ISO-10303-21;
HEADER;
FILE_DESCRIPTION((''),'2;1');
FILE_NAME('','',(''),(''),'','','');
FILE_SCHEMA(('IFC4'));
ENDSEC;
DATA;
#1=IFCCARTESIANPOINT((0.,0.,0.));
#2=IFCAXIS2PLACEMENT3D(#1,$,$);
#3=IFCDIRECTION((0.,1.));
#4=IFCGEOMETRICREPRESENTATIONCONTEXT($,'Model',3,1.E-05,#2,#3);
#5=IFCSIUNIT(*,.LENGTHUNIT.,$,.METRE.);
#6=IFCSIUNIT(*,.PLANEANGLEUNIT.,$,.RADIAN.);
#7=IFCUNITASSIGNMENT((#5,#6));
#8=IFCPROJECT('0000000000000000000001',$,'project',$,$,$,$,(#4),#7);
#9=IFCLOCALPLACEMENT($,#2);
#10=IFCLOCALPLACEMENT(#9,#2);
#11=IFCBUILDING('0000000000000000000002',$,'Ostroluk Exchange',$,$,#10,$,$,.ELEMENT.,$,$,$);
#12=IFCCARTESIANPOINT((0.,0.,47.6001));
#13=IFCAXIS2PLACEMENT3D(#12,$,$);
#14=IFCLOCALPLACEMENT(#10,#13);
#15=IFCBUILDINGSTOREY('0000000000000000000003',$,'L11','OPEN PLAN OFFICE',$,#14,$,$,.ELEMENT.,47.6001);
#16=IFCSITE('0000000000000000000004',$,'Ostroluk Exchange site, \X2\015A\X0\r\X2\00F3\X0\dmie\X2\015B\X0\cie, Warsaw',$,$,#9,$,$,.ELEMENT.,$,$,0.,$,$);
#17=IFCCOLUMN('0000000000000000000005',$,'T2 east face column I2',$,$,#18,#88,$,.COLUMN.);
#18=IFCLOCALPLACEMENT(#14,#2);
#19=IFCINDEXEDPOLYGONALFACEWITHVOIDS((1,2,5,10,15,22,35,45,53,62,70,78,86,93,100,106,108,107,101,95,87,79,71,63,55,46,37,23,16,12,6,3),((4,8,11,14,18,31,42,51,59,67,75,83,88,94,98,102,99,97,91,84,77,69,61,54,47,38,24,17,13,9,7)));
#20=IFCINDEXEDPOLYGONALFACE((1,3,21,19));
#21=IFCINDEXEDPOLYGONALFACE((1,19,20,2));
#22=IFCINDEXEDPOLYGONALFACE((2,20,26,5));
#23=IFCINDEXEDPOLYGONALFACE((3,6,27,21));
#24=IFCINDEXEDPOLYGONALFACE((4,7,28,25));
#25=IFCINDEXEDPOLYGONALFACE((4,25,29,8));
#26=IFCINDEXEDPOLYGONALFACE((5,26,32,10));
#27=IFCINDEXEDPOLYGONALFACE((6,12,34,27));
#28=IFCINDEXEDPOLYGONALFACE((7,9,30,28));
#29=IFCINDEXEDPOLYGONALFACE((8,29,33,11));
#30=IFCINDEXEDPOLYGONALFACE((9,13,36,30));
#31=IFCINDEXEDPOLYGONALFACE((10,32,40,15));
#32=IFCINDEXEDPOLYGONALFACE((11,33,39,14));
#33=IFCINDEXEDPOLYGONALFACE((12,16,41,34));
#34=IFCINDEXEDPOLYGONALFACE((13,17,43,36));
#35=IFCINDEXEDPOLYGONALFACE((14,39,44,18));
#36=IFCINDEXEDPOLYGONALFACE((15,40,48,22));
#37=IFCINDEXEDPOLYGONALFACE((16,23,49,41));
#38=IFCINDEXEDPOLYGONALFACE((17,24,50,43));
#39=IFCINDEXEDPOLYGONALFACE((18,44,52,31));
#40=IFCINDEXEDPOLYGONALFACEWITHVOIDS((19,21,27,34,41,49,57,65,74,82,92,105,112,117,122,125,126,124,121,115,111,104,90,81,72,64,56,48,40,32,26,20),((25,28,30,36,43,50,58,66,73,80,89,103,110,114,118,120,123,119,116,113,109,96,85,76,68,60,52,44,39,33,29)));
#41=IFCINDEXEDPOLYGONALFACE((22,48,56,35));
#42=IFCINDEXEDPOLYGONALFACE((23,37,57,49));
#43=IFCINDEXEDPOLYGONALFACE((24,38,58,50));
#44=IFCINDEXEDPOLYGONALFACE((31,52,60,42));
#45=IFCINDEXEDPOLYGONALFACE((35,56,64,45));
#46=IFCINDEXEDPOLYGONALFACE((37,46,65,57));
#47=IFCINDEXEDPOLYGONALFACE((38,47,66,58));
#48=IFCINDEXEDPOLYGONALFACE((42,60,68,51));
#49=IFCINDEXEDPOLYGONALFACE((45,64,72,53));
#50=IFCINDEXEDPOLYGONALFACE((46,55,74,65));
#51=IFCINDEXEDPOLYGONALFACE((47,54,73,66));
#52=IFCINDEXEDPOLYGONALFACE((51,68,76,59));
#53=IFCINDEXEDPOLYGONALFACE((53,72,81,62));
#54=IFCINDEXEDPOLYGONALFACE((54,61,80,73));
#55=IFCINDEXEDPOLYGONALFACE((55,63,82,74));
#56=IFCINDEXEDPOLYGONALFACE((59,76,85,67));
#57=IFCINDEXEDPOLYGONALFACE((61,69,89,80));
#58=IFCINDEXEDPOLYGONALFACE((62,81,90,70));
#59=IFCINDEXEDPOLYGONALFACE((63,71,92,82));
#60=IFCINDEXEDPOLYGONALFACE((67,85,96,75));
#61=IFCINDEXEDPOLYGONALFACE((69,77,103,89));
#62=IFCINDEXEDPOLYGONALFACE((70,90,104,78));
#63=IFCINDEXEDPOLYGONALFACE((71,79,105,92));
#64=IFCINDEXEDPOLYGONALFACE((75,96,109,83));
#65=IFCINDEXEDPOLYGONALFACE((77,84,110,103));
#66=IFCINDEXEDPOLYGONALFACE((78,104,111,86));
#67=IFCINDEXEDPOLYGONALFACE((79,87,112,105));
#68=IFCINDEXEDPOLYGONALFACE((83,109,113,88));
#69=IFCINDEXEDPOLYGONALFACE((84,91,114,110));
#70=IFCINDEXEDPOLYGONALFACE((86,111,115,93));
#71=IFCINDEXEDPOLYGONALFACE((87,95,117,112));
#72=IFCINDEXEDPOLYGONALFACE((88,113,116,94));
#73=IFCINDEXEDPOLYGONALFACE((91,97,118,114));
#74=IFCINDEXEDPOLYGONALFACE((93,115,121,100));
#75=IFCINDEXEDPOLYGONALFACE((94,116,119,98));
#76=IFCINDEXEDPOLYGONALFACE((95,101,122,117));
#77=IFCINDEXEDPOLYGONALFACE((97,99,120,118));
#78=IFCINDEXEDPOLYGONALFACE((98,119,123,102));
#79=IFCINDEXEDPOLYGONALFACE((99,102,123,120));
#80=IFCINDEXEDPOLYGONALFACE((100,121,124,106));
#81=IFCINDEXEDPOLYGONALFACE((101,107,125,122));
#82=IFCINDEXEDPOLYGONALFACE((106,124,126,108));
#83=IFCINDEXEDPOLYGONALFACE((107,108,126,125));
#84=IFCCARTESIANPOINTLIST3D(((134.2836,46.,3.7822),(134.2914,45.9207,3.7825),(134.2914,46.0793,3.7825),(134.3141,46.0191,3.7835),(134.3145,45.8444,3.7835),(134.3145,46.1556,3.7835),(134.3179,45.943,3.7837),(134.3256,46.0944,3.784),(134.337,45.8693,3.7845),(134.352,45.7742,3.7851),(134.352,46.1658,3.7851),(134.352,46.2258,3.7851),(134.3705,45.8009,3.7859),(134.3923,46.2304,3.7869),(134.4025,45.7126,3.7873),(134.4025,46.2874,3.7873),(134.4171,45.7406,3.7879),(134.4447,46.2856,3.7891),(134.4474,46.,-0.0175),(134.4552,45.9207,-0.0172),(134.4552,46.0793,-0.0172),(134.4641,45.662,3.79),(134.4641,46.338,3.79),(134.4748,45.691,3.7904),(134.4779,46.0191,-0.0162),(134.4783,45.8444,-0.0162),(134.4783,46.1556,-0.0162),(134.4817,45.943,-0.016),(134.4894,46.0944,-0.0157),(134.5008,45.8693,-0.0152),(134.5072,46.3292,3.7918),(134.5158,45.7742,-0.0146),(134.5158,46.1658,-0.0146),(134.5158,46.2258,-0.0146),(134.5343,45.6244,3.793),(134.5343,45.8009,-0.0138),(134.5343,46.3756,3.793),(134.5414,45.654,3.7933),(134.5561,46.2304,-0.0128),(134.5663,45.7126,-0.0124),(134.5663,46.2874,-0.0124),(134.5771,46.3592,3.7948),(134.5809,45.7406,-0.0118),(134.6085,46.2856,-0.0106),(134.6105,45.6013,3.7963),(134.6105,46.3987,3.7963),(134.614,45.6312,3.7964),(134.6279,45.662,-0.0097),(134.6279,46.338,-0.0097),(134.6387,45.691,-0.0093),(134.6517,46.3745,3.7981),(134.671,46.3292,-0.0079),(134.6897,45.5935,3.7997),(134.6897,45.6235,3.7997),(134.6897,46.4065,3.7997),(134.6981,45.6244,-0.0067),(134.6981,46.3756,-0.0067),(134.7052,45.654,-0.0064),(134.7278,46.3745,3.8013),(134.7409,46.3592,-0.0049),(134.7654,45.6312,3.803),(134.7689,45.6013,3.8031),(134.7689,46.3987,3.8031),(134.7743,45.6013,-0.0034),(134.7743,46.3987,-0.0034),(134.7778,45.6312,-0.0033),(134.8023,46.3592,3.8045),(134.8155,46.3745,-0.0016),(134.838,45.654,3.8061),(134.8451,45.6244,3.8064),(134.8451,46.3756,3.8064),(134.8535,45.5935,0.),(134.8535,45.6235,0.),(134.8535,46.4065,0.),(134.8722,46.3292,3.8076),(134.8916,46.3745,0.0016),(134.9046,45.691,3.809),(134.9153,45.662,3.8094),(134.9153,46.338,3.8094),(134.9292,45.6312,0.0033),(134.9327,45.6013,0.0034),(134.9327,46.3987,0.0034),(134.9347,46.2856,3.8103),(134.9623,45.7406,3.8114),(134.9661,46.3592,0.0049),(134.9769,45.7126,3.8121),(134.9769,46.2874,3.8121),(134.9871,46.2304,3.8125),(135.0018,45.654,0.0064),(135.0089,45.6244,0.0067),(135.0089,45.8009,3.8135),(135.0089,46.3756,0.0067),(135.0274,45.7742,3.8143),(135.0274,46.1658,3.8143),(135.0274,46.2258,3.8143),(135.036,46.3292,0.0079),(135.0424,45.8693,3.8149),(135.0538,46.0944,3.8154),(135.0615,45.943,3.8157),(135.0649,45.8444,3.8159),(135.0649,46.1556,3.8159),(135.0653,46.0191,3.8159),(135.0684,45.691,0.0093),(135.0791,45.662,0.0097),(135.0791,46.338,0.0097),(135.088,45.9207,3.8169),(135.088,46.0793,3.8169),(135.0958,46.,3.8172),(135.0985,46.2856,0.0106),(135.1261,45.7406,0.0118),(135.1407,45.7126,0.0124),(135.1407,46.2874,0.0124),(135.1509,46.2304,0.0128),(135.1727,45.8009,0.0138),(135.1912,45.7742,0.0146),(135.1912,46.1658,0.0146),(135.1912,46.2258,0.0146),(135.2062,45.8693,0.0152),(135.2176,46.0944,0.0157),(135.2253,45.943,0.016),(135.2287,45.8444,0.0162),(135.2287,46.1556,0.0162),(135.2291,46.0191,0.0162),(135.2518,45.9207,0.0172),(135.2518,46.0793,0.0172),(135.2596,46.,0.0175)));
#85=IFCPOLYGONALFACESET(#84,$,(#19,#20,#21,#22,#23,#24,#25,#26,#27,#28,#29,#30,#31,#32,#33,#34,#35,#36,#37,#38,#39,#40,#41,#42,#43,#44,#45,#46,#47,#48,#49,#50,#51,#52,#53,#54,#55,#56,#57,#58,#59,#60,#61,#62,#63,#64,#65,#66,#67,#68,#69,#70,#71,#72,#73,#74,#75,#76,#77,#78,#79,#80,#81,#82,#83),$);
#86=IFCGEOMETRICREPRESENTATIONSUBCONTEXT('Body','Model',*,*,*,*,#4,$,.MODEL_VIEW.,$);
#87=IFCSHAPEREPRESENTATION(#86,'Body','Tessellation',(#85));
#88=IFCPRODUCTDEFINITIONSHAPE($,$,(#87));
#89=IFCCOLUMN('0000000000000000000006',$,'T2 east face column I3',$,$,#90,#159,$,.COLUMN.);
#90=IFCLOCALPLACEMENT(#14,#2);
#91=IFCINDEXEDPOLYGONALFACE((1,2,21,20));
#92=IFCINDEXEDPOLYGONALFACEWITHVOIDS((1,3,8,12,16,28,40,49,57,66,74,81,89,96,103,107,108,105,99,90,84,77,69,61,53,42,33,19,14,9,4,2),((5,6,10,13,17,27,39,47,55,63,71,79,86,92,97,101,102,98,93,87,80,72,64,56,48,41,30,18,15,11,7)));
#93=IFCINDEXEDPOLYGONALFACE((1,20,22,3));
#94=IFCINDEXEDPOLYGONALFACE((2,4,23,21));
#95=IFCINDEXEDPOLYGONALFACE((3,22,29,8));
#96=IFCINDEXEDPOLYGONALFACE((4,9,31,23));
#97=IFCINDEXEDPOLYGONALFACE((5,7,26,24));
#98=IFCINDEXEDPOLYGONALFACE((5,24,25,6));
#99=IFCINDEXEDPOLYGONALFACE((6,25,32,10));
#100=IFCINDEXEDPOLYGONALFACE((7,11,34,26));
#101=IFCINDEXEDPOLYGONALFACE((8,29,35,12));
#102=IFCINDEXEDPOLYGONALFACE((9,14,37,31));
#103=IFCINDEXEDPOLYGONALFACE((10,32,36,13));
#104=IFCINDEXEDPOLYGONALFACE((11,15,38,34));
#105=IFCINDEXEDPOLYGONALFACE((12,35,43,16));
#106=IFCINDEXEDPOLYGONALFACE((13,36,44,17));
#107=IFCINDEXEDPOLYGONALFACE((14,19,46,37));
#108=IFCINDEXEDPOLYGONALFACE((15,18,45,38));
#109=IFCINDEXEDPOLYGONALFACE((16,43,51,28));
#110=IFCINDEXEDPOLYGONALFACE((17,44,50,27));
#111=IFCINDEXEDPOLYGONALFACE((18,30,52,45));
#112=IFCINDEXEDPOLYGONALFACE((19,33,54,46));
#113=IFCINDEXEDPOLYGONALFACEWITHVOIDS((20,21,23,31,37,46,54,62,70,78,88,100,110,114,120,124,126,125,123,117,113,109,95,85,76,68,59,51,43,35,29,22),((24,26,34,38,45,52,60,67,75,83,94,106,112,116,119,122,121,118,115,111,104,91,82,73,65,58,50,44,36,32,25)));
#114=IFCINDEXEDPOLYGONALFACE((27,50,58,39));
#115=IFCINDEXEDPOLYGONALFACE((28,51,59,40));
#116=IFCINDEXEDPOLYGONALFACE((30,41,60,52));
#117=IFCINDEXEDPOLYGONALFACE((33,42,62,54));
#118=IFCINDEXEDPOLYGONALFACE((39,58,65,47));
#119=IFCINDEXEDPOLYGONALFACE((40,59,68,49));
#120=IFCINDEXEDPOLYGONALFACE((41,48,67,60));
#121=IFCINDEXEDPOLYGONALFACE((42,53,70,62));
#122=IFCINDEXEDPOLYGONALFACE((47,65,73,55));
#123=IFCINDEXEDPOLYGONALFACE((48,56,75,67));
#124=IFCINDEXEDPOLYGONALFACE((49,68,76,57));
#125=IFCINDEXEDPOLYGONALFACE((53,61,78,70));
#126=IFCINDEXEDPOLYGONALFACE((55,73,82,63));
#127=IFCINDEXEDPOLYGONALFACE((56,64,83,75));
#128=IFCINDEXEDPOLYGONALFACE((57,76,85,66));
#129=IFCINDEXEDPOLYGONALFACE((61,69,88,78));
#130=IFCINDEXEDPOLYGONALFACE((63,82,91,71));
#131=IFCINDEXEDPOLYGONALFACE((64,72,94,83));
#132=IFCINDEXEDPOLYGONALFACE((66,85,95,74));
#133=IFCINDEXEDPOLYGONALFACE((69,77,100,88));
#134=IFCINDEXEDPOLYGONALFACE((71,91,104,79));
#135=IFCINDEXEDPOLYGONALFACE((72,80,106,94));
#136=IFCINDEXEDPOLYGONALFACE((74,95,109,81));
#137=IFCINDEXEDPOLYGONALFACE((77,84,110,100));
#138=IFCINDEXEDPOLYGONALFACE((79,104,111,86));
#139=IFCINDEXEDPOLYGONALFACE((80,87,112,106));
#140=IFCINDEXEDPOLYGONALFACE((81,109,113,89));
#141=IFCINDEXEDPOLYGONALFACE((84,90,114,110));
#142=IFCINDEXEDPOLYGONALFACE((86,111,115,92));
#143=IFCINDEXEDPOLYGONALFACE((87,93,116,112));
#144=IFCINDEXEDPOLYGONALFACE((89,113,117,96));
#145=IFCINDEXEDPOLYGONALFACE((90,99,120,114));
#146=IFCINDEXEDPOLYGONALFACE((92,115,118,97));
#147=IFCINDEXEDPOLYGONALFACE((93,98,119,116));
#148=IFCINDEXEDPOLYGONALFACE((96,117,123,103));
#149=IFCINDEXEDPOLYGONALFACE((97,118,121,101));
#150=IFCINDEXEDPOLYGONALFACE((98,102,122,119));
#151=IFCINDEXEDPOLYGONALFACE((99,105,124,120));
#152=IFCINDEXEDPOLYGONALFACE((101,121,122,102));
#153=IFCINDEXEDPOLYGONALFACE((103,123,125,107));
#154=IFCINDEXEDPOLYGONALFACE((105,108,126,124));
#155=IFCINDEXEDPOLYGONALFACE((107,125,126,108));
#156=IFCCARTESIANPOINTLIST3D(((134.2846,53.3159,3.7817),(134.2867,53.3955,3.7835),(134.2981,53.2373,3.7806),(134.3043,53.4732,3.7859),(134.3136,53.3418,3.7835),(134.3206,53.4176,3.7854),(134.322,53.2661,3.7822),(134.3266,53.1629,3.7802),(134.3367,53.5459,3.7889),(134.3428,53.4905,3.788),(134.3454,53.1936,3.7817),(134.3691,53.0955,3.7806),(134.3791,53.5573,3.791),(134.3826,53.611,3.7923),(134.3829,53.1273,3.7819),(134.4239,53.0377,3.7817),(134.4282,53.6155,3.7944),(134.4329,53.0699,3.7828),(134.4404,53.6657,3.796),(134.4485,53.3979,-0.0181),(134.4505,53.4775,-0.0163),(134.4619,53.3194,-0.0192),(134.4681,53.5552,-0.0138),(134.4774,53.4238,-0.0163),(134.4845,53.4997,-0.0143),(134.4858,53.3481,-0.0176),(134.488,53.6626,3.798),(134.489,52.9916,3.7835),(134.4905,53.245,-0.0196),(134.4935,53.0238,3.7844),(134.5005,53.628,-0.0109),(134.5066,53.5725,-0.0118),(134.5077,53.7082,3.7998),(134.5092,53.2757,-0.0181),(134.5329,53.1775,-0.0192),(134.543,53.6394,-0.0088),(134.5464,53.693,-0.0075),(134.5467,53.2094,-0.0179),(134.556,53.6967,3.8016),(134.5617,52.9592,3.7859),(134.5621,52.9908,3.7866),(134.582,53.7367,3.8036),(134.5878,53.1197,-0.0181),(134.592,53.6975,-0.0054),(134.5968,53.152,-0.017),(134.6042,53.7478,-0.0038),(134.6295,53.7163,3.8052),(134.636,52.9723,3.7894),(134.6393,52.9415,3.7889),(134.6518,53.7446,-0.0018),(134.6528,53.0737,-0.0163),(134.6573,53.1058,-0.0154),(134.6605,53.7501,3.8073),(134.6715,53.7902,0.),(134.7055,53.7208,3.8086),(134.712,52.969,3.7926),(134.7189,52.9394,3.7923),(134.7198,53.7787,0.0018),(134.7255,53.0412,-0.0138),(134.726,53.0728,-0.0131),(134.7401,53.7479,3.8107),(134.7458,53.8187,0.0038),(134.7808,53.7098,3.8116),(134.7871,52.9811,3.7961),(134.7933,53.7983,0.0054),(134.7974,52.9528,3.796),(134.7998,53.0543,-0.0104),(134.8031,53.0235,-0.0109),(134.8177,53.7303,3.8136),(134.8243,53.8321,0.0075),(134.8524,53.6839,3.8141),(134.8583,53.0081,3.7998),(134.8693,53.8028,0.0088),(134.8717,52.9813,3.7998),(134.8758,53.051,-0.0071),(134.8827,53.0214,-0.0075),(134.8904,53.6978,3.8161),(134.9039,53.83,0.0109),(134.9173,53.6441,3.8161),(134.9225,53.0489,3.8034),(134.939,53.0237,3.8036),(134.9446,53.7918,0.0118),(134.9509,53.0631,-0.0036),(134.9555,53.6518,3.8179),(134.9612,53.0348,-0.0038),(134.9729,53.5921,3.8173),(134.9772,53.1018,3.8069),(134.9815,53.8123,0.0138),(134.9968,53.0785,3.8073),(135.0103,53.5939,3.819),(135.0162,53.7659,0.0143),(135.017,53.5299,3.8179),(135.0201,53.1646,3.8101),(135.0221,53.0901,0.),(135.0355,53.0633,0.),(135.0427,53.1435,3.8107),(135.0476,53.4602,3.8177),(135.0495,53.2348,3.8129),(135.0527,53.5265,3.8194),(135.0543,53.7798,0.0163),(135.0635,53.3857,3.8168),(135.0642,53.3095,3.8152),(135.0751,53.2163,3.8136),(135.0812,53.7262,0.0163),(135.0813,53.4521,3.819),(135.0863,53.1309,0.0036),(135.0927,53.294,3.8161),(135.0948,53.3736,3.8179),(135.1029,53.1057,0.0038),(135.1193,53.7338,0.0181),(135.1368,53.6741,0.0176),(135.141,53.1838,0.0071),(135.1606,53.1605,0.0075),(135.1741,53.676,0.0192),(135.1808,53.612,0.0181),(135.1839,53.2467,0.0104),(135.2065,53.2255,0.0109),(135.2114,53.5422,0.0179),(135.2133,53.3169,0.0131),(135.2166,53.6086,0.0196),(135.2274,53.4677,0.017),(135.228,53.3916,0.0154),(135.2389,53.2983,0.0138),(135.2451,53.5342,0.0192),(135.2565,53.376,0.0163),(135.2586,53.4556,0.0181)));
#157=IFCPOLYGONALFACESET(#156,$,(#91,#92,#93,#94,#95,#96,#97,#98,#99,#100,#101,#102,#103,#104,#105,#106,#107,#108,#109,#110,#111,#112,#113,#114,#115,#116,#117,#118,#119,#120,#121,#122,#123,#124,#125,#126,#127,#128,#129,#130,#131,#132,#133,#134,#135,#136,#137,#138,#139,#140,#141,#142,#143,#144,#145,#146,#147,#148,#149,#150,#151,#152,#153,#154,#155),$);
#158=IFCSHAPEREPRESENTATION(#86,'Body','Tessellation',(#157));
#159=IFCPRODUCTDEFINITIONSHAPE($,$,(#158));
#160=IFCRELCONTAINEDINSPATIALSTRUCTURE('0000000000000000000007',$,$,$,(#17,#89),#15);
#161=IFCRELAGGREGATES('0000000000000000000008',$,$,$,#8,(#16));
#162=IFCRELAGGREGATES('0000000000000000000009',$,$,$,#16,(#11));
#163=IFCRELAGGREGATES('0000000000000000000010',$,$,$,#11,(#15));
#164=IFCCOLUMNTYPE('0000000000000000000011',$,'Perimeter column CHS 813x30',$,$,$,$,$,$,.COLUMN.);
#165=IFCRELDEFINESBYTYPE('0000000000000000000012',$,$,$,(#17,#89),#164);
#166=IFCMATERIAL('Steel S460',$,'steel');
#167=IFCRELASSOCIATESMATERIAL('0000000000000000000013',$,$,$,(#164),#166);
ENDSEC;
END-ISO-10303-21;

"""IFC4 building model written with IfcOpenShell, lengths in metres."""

from ifc_helpers import new_model, si_unit, direction, frame, origin, origin_2d, place, context, subcontext, project, spatial, hollow_circle, extrude, material, material_profile, profile_set, type_object, element, save


model = new_model("IFC4")

# Units and contexts
model_context = context("Model", 3, precision=1e-05, world=origin(), true_north=direction((0.0, 1.0)))
body_context = subcontext(model_context, "Body", "Model", "MODEL_VIEW")
ifc_project = project(units=[si_unit("LENGTHUNIT", "METRE"), si_unit("PLANEANGLEUNIT", "RADIAN")], contexts=[model_context])

# Site, building, storey
site_placement = place(None, origin())
site = spatial("IfcSite", under=ifc_project, at=site_placement, Name="Ostroluk Exchange site, Śródmieście, Warsaw", CompositionType="ELEMENT", RefElevation=0.0)
building_placement = place(site_placement, origin())
building = spatial("IfcBuilding", under=site, at=building_placement, Name="Ostroluk Exchange", CompositionType="ELEMENT")
storey_placement = place(building_placement, frame((0.0, 0.0, 47.6001)))
storey = spatial("IfcBuildingStorey", under=building, at=storey_placement, Name="L11", Description="OPEN PLAN OFFICE", CompositionType="ELEMENT", Elevation=47.6001)

# Columns
ifc_material_1 = material(Name="Steel S460", Category="steel")
ifc_material_profile_1 = material_profile(ifc_material_1, hollow_circle(Radius=0.4065, WallThickness=0.03, at=origin_2d()), Name="CHS 813x30")
ifc_profile_set_1 = profile_set([ifc_material_profile_1], Name="Steel S460")
column_type = type_object("IfcColumnType", Name="Perimeter column CHS 813x30", PredefinedType="COLUMN", material=ifc_profile_set_1)
column_1_placement = place(storey_placement, frame((134.8535, 46.0, 0.0), z_axis=(-0.043072, 0.0, 0.999072), x_axis=(0.0, -1.0, 0.0)))
element("IfcColumn", 1, at=column_1_placement, inside=storey, type_object=column_type, Name="T2 east face column I2", PredefinedType="COLUMN", context=body_context, shape_type="SweptSolid", body=[
    extrude(hollow_circle(Radius=0.4065, WallThickness=0.03, at=origin_2d()), origin(), (0.0, 0.0, 1.0), 3.8032),
])
column_2_placement = place(storey_placement, frame((134.8535, 53.4268, 0.0), z_axis=(-0.043062, -0.021563, 0.99884), x_axis=(0.447747, -0.894161, 0.0)))
element("IfcColumn", 2, at=column_2_placement, inside=storey, type_object=column_type, Name="T2 east face column I3", PredefinedType="COLUMN", context=body_context, shape_type="SweptSolid", body=[
    extrude(hollow_circle(Radius=0.4065, WallThickness=0.03, at=origin_2d()), origin(), (0.0, 0.0, 1.0), 3.8042),
])

save(model, "model.ifc")
